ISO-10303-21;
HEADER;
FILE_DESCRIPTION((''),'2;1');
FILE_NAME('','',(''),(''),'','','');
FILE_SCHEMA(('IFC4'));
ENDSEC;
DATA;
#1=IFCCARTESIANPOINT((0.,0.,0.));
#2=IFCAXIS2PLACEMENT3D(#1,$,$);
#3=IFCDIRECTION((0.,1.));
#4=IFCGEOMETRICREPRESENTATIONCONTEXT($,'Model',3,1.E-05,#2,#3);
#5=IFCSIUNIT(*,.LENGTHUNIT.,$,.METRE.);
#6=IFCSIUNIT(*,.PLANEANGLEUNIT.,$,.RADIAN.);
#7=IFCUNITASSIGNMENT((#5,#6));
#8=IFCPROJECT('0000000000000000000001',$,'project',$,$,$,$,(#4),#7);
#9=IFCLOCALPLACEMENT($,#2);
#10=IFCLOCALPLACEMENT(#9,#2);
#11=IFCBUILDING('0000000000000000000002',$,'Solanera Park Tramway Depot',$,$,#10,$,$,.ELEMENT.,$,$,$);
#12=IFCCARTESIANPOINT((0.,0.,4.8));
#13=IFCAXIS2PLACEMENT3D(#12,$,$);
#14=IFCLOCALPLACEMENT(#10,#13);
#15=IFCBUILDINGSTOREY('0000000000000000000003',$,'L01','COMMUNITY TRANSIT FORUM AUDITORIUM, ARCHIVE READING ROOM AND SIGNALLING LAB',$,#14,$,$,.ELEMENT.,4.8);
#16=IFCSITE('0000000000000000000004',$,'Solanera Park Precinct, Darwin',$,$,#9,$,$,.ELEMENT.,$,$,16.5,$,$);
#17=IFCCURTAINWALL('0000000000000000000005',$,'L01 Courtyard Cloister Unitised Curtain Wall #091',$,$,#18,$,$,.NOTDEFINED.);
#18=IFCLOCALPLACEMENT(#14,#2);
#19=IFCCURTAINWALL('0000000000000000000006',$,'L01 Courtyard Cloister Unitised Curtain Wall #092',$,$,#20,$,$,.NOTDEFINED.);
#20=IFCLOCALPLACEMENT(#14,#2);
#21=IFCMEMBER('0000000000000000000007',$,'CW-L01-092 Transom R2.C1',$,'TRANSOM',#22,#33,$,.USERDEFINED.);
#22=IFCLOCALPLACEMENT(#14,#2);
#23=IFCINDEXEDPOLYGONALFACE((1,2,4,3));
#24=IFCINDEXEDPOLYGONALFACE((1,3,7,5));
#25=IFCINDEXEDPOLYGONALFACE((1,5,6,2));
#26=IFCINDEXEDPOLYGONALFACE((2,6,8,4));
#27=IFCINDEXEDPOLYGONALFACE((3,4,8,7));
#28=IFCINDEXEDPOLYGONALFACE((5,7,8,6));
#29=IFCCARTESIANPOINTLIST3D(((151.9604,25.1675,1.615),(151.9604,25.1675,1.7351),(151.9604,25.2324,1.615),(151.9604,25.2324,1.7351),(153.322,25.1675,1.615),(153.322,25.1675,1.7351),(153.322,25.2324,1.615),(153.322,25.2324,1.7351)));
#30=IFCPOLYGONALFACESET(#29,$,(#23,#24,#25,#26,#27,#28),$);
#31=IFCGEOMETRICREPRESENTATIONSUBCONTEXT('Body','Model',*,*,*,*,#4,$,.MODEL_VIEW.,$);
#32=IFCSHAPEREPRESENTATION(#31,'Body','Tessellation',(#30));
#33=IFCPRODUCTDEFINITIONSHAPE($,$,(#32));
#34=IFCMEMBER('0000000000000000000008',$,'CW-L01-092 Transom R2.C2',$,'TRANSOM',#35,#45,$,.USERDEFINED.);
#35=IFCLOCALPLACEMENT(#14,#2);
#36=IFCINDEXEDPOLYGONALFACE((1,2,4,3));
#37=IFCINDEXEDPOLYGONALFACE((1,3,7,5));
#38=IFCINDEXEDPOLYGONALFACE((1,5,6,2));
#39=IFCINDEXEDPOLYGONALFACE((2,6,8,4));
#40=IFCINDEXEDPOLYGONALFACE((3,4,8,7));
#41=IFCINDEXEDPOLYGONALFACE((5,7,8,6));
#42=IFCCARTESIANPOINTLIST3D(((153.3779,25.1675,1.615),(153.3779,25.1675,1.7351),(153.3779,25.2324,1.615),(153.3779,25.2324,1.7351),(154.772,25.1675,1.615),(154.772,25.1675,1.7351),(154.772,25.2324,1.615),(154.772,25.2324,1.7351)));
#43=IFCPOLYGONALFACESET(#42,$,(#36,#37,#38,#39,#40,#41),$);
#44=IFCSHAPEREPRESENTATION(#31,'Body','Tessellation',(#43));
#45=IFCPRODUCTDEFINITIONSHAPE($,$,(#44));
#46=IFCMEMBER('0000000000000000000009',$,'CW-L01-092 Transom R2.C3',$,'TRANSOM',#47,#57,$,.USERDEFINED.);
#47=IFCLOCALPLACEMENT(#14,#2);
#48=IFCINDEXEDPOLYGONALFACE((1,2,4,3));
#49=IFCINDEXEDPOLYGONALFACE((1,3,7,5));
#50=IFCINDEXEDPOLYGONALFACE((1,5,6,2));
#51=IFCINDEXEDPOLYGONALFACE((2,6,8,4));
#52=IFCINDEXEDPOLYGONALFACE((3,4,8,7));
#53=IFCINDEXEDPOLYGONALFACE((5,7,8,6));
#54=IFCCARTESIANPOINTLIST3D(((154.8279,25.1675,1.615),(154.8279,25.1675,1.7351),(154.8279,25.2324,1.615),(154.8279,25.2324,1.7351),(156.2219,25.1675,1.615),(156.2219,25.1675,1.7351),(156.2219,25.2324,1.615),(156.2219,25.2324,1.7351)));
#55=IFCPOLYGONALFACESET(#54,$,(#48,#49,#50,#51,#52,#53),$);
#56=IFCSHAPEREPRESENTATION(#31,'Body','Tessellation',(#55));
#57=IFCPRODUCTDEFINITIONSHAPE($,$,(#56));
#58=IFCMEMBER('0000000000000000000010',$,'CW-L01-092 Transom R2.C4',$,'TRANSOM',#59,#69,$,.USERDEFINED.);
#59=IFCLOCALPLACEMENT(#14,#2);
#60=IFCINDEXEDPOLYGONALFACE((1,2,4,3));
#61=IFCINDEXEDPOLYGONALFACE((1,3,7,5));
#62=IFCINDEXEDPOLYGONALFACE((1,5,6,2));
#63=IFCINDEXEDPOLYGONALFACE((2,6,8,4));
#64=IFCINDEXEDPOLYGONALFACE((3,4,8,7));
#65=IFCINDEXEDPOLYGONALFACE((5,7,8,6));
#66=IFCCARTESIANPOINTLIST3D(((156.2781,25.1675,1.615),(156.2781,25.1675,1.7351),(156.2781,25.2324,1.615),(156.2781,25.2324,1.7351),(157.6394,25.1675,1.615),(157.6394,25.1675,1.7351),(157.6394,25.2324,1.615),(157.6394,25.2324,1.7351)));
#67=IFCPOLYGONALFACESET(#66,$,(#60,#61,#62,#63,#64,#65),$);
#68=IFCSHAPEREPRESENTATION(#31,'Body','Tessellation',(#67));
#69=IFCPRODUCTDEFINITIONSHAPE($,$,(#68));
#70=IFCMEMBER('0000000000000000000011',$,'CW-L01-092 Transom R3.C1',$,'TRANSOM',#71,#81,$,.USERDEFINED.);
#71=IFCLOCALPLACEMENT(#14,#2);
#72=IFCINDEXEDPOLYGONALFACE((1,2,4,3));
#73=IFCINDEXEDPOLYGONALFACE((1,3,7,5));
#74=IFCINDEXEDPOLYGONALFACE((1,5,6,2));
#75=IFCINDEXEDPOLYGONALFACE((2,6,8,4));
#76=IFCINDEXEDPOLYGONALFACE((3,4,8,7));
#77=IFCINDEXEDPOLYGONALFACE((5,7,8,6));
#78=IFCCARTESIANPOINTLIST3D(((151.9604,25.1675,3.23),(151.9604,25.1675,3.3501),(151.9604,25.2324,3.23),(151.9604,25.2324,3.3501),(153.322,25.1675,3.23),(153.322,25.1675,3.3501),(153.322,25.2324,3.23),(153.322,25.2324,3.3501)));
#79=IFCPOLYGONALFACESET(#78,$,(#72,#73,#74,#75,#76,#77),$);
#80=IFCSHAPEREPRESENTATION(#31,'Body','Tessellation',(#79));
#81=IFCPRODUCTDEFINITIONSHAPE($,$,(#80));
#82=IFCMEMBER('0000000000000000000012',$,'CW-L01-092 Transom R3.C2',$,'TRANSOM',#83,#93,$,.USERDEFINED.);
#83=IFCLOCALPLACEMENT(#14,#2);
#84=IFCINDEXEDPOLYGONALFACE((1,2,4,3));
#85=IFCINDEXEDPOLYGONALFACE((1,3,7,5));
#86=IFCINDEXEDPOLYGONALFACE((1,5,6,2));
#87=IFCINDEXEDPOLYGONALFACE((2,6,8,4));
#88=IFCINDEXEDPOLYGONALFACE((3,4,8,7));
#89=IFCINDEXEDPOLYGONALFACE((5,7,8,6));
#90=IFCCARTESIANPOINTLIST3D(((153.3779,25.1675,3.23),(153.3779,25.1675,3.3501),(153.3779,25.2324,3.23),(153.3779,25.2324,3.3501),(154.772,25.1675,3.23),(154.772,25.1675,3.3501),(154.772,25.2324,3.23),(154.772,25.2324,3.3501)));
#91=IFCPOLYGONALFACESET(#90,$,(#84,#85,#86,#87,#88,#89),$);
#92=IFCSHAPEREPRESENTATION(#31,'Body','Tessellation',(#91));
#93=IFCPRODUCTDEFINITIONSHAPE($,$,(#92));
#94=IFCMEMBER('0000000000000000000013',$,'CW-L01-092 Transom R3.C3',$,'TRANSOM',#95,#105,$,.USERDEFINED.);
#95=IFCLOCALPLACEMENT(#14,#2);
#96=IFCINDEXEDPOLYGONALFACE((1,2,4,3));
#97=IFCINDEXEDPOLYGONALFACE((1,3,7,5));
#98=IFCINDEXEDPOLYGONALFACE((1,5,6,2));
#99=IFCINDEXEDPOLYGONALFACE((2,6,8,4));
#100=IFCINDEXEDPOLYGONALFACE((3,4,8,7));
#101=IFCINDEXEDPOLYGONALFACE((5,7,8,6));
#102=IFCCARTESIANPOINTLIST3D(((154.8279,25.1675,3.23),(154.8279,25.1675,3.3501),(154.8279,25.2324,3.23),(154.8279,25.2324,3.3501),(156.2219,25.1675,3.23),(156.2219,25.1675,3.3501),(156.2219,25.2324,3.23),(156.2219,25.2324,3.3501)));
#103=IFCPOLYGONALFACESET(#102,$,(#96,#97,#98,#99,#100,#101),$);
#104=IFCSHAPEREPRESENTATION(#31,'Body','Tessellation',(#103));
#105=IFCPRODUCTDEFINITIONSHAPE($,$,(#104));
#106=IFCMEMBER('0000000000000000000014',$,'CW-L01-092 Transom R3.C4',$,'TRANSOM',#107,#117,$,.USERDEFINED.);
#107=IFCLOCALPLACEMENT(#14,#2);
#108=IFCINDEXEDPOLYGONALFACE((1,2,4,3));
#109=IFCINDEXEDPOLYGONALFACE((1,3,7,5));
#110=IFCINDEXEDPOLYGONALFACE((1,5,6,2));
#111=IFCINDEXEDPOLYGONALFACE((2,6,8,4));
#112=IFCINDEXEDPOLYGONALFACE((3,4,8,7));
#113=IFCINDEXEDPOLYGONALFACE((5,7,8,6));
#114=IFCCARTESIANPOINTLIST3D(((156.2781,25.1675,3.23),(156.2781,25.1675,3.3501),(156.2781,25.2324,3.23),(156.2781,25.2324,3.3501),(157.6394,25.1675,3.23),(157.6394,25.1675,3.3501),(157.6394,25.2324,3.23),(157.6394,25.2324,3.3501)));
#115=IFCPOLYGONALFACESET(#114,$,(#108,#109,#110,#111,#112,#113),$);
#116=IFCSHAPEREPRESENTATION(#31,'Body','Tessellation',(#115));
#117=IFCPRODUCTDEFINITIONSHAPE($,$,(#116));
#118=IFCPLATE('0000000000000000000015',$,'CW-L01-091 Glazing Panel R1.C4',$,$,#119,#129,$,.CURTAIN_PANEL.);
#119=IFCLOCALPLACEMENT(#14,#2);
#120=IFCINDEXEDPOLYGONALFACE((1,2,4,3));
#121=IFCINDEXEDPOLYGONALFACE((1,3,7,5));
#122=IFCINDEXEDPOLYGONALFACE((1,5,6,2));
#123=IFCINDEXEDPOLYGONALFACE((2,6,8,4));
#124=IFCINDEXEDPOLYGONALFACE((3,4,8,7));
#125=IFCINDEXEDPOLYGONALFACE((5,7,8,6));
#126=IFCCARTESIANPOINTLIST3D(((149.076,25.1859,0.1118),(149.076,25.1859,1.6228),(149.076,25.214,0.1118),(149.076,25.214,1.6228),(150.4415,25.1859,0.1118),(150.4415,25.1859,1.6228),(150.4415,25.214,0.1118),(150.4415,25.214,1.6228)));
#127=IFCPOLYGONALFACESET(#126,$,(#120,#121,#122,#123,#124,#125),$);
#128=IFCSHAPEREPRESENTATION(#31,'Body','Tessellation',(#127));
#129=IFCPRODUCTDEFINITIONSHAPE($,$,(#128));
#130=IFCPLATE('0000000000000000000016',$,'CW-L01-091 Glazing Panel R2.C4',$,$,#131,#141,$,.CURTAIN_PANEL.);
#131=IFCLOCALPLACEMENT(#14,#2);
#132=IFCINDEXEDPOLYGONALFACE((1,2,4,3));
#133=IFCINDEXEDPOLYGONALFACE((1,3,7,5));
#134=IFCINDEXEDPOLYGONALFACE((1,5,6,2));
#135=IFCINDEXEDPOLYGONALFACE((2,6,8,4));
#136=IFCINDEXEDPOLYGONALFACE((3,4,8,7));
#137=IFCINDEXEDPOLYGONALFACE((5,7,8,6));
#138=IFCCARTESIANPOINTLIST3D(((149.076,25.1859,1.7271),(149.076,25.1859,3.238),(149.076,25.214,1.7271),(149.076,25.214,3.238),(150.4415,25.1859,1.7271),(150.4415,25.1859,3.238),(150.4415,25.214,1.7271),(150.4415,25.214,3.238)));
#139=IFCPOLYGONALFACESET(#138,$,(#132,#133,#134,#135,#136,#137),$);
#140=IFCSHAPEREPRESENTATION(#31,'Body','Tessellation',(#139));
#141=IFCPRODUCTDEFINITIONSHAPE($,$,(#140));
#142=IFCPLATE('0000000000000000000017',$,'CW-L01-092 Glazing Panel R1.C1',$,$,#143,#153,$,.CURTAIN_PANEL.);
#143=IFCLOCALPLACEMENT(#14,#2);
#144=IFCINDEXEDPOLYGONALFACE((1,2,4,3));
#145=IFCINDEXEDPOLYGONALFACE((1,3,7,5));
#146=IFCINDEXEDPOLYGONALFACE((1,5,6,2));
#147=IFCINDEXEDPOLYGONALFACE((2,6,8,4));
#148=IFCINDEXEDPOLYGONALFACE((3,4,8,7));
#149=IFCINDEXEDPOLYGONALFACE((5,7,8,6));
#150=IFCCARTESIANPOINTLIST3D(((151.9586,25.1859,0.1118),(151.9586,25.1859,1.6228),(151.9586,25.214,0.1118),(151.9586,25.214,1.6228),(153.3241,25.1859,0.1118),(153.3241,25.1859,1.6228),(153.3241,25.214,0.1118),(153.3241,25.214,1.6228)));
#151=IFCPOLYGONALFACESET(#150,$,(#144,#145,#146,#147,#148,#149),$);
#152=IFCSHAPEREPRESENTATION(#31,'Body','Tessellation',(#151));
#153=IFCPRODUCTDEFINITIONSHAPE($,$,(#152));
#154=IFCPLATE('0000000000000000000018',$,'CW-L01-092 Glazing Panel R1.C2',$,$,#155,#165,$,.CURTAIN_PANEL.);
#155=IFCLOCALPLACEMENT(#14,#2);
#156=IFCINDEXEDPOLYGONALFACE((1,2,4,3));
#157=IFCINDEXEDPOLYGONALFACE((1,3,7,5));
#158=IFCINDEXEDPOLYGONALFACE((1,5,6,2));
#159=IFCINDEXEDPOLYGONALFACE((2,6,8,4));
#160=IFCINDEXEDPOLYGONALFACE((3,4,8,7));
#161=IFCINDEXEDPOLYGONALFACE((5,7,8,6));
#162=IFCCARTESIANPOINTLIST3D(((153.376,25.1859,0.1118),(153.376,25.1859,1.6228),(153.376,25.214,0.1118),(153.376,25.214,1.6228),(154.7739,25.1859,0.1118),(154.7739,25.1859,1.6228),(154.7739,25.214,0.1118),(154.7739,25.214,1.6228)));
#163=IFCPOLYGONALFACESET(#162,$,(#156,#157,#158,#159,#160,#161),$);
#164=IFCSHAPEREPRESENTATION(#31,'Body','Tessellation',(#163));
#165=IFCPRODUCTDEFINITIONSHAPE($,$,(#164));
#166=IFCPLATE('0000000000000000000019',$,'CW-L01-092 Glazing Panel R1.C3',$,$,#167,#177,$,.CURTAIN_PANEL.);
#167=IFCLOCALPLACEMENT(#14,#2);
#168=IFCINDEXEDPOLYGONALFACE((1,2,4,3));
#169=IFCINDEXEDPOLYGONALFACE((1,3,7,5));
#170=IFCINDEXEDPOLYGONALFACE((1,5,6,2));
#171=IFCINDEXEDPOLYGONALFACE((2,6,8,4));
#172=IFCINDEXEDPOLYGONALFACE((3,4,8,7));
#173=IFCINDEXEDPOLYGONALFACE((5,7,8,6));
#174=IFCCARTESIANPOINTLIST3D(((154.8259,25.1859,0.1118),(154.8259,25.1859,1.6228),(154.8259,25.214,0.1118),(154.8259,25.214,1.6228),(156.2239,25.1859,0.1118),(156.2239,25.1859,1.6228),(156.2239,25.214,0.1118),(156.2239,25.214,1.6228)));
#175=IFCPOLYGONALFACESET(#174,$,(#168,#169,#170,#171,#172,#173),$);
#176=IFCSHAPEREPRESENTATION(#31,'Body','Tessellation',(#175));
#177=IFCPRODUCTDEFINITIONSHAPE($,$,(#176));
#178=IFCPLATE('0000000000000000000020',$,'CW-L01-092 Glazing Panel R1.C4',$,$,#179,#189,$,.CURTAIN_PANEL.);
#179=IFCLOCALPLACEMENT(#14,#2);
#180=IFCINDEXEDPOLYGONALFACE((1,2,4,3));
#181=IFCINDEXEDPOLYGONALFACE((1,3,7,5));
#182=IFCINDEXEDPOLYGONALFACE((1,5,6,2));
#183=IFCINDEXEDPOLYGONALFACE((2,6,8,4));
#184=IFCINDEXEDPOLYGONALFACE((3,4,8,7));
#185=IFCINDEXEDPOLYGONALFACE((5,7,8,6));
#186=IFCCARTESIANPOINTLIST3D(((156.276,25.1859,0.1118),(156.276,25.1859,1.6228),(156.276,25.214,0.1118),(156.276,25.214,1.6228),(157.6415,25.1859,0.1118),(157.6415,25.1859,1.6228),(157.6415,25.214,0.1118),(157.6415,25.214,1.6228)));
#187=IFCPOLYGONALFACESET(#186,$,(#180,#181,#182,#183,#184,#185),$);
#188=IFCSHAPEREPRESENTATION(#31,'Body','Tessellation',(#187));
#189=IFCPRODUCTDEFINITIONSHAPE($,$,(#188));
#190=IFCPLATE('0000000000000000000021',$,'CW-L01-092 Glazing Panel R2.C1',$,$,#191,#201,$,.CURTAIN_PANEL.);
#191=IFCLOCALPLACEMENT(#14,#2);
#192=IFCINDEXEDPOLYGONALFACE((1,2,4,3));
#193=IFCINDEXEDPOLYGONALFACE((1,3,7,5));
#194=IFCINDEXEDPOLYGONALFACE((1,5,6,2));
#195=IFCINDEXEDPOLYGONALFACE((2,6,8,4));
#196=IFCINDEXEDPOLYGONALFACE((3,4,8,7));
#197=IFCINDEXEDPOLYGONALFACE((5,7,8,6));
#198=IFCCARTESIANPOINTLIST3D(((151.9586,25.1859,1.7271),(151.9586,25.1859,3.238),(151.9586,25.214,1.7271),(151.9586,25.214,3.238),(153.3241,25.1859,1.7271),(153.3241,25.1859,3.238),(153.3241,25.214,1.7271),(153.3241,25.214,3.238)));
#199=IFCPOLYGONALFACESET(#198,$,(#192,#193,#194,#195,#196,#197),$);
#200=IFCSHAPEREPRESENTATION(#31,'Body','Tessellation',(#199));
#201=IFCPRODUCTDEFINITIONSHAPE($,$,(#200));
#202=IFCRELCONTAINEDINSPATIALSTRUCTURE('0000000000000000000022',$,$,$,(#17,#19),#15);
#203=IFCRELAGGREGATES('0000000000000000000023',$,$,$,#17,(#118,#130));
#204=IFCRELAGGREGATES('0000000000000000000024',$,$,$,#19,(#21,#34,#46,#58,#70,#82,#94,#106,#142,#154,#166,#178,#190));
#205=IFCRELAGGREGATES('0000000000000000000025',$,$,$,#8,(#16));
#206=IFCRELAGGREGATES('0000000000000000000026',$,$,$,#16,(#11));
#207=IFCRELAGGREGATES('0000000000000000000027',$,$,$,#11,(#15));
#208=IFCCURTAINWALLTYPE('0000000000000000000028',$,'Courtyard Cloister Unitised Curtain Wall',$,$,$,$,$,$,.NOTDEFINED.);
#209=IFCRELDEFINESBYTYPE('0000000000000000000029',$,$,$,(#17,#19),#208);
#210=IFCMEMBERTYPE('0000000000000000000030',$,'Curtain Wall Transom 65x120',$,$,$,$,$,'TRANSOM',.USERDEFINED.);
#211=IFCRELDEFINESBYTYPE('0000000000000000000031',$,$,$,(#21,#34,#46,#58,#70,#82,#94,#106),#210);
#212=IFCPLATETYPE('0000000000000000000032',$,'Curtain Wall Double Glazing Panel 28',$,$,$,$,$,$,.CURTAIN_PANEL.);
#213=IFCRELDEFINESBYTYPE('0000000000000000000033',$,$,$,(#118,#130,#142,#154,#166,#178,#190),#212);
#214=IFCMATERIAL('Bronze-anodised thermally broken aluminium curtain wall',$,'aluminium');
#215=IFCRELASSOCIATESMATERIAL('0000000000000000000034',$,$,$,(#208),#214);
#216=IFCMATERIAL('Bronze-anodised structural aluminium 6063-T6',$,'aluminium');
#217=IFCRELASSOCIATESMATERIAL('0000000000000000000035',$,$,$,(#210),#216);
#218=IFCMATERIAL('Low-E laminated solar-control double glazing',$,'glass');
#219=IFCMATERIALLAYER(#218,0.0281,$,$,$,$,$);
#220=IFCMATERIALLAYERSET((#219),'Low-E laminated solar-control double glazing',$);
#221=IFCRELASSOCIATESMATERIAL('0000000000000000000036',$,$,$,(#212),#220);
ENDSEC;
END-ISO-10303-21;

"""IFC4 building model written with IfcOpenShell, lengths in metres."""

from ifc_helpers import new_model, si_unit, direction, frame, origin, origin_2d, place, context, subcontext, project, spatial, rectangle, extrude, material, layer, layer_set, material_profile, profile_set, type_object, element, aggregate, save


model = new_model("IFC4")

# Units and contexts
model_context = context("Model", 3, precision=1e-05, world=origin(), true_north=direction((0.0, 1.0)))
body_context = subcontext(model_context, "Body", "Model", "MODEL_VIEW")
ifc_project = project(units=[si_unit("LENGTHUNIT", "METRE"), si_unit("PLANEANGLEUNIT", "RADIAN")], contexts=[model_context])

# Site, building, storey
site_placement = place(None, origin())
site = spatial("IfcSite", under=ifc_project, at=site_placement, Name="Solanera Park Precinct, Darwin", CompositionType="ELEMENT", RefElevation=16.5)
building_placement = place(site_placement, origin())
building = spatial("IfcBuilding", under=site, at=building_placement, Name="Solanera Park Tramway Depot", CompositionType="ELEMENT")
storey_placement = place(building_placement, frame((0.0, 0.0, 4.8)))
storey = spatial("IfcBuildingStorey", under=building, at=storey_placement, Name="L01", Description="COMMUNITY TRANSIT FORUM AUDITORIUM, ARCHIVE READING ROOM AND SIGNALLING LAB", CompositionType="ELEMENT", Elevation=4.8)

# Curtain wall
ifc_material_1 = material(Name="Bronze-anodised thermally broken aluminium curtain wall", Category="aluminium")
curtain_wall_type = type_object("IfcCurtainWallType", Name="Courtyard Cloister Unitised Curtain Wall", PredefinedType="NOTDEFINED", material=ifc_material_1)
curtain_wall_1_placement = place(storey_placement, origin())
curtain_wall_1 = element("IfcCurtainWall", 1, at=curtain_wall_1_placement, inside=storey, type_object=curtain_wall_type, Name="L01 Courtyard Cloister Unitised Curtain Wall #091", PredefinedType="NOTDEFINED")

# Curtain wall, members
curtain_wall_2_placement = place(storey_placement, origin())
curtain_wall_2 = element("IfcCurtainWall", 2, at=curtain_wall_2_placement, inside=storey, type_object=curtain_wall_type, Name="L01 Courtyard Cloister Unitised Curtain Wall #092", PredefinedType="NOTDEFINED")
ifc_material_2 = material(Name="Bronze-anodised structural aluminium 6063-T6", Category="aluminium")
ifc_material_profile_1 = material_profile(ifc_material_2, rectangle(XDim=0.0649, YDim=0.1201, at=origin_2d()), Name="Curtain Wall Transom 65x120")
ifc_profile_set_1 = profile_set([ifc_material_profile_1], Name="Bronze-anodised structural aluminium 6063-T6")
member_type_1 = type_object("IfcMemberType", Name="Curtain Wall Transom 65x120", ElementType="TRANSOM", PredefinedType="USERDEFINED", material=ifc_profile_set_1)
member_1_placement = place(storey_placement, frame((151.9604, 25.2, 1.675), z_axis=(1.0, 0.0, 0.0), x_axis=(0.0, 1.0, 0.0)))
member_1 = element("IfcMember", 3, at=member_1_placement, type_object=member_type_1, Name="CW-L01-092 Transom R2.C1", ObjectType="TRANSOM", PredefinedType="USERDEFINED", context=body_context, shape_type="SweptSolid", body=[
    extrude(rectangle(XDim=0.0649, YDim=0.1201, at=origin_2d()), origin(), (0.0, 0.0, 1.0), 1.3616),
])
member_2_placement = place(storey_placement, frame((153.3779, 25.2, 1.675), z_axis=(1.0, 0.0, 0.0), x_axis=(0.0, 1.0, 0.0)))
member_2 = element("IfcMember", 4, at=member_2_placement, type_object=member_type_1, Name="CW-L01-092 Transom R2.C2", ObjectType="TRANSOM", PredefinedType="USERDEFINED", context=body_context, shape_type="SweptSolid", body=[
    extrude(rectangle(XDim=0.0649, YDim=0.1201, at=origin_2d()), origin(), (0.0, 0.0, 1.0), 1.394),
])
member_3_placement = place(storey_placement, frame((154.8279, 25.2, 1.675), z_axis=(1.0, 0.0, 0.0), x_axis=(0.0, 1.0, 0.0)))
member_3 = element("IfcMember", 5, at=member_3_placement, type_object=member_type_1, Name="CW-L01-092 Transom R2.C3", ObjectType="TRANSOM", PredefinedType="USERDEFINED", context=body_context, shape_type="SweptSolid", body=[
    extrude(rectangle(XDim=0.0649, YDim=0.1201, at=origin_2d()), origin(), (0.0, 0.0, 1.0), 1.394),
])
member_4_placement = place(storey_placement, frame((156.2781, 25.2, 1.675), z_axis=(1.0, 0.0, 0.0), x_axis=(0.0, 1.0, 0.0)))
member_4 = element("IfcMember", 6, at=member_4_placement, type_object=member_type_1, Name="CW-L01-092 Transom R2.C4", ObjectType="TRANSOM", PredefinedType="USERDEFINED", context=body_context, shape_type="SweptSolid", body=[
    extrude(rectangle(XDim=0.0649, YDim=0.1201, at=origin_2d()), origin(), (0.0, 0.0, 1.0), 1.3613),
])
member_5_placement = place(storey_placement, frame((151.9604, 25.2, 3.29), z_axis=(1.0, 0.0, 0.0), x_axis=(0.0, 1.0, 0.0)))
member_5 = element("IfcMember", 7, at=member_5_placement, type_object=member_type_1, Name="CW-L01-092 Transom R3.C1", ObjectType="TRANSOM", PredefinedType="USERDEFINED", context=body_context, shape_type="SweptSolid", body=[
    extrude(rectangle(XDim=0.0649, YDim=0.1201, at=origin_2d()), origin(), (0.0, 0.0, 1.0), 1.3616),
])
member_6_placement = place(storey_placement, frame((153.3779, 25.2, 3.29), z_axis=(1.0, 0.0, 0.0), x_axis=(0.0, 1.0, 0.0)))
member_6 = element("IfcMember", 8, at=member_6_placement, type_object=member_type_1, Name="CW-L01-092 Transom R3.C2", ObjectType="TRANSOM", PredefinedType="USERDEFINED", context=body_context, shape_type="SweptSolid", body=[
    extrude(rectangle(XDim=0.0649, YDim=0.1201, at=origin_2d()), origin(), (0.0, 0.0, 1.0), 1.394),
])
member_7_placement = place(storey_placement, frame((154.8279, 25.2, 3.29), z_axis=(1.0, 0.0, 0.0), x_axis=(0.0, 1.0, 0.0)))
member_7 = element("IfcMember", 9, at=member_7_placement, type_object=member_type_1, Name="CW-L01-092 Transom R3.C3", ObjectType="TRANSOM", PredefinedType="USERDEFINED", context=body_context, shape_type="SweptSolid", body=[
    extrude(rectangle(XDim=0.0649, YDim=0.1201, at=origin_2d()), origin(), (0.0, 0.0, 1.0), 1.394),
])
member_8_placement = place(storey_placement, frame((156.2781, 25.2, 3.29), z_axis=(1.0, 0.0, 0.0), x_axis=(0.0, 1.0, 0.0)))
member_8 = element("IfcMember", 10, at=member_8_placement, type_object=member_type_1, Name="CW-L01-092 Transom R3.C4", ObjectType="TRANSOM", PredefinedType="USERDEFINED", context=body_context, shape_type="SweptSolid", body=[
    extrude(rectangle(XDim=0.0649, YDim=0.1201, at=origin_2d()), origin(), (0.0, 0.0, 1.0), 1.3613),
])

# Plates
ifc_material_3 = material(Name="Low-E laminated solar-control double glazing", Category="glass")
ifc_layer_1 = layer(ifc_material_3, 0.0281)
ifc_layer_set_1 = layer_set([ifc_layer_1], Name="Low-E laminated solar-control double glazing")
plate_type = type_object("IfcPlateType", Name="Curtain Wall Double Glazing Panel 28", PredefinedType="CURTAIN_PANEL", material=ifc_layer_set_1)
plate_1_placement = place(storey_placement, frame((149.7588, 25.2, 0.1118), z_axis=(0.0, 0.0, 1.0), x_axis=(1.0, 0.0, 0.0)))
plate_1 = element("IfcPlate", 11, at=plate_1_placement, type_object=plate_type, Name="CW-L01-091 Glazing Panel R1.C4", PredefinedType="CURTAIN_PANEL", context=body_context, shape_type="SweptSolid", body=[
    extrude(rectangle(XDim=1.3655, YDim=0.0281, at=origin_2d()), origin(), (0.0, 0.0, 1.0), 1.511),
])
plate_2_placement = place(storey_placement, frame((149.7588, 25.2, 1.7271), z_axis=(0.0, 0.0, 1.0), x_axis=(1.0, 0.0, 0.0)))
plate_2 = element("IfcPlate", 12, at=plate_2_placement, type_object=plate_type, Name="CW-L01-091 Glazing Panel R2.C4", PredefinedType="CURTAIN_PANEL", context=body_context, shape_type="SweptSolid", body=[
    extrude(rectangle(XDim=1.3655, YDim=0.0281, at=origin_2d()), origin(), (0.0, 0.0, 1.0), 1.511),
])
aggregate(curtain_wall_1, [plate_1, plate_2])
plate_3_placement = place(storey_placement, frame((152.6414, 25.2, 0.1118), z_axis=(0.0, 0.0, 1.0), x_axis=(1.0, 0.0, 0.0)))
plate_3 = element("IfcPlate", 13, at=plate_3_placement, type_object=plate_type, Name="CW-L01-092 Glazing Panel R1.C1", PredefinedType="CURTAIN_PANEL", context=body_context, shape_type="SweptSolid", body=[
    extrude(rectangle(XDim=1.3655, YDim=0.0281, at=origin_2d()), origin(), (0.0, 0.0, 1.0), 1.511),
])
plate_4_placement = place(storey_placement, frame((154.075, 25.2, 0.1118), z_axis=(0.0, 0.0, 1.0), x_axis=(1.0, 0.0, 0.0)))
plate_4 = element("IfcPlate", 14, at=plate_4_placement, type_object=plate_type, Name="CW-L01-092 Glazing Panel R1.C2", PredefinedType="CURTAIN_PANEL", context=body_context, shape_type="SweptSolid", body=[
    extrude(rectangle(XDim=1.3979, YDim=0.0281, at=origin_2d()), origin(), (0.0, 0.0, 1.0), 1.511),
])
plate_5_placement = place(storey_placement, frame((155.5249, 25.2, 0.1118), z_axis=(0.0, 0.0, 1.0), x_axis=(1.0, 0.0, 0.0)))
plate_5 = element("IfcPlate", 15, at=plate_5_placement, type_object=plate_type, Name="CW-L01-092 Glazing Panel R1.C3", PredefinedType="CURTAIN_PANEL", context=body_context, shape_type="SweptSolid", body=[
    extrude(rectangle(XDim=1.3979, YDim=0.0281, at=origin_2d()), origin(), (0.0, 0.0, 1.0), 1.511),
])
plate_6_placement = place(storey_placement, frame((156.9587, 25.2, 0.1118), z_axis=(0.0, 0.0, 1.0), x_axis=(1.0, 0.0, 0.0)))
plate_6 = element("IfcPlate", 16, at=plate_6_placement, type_object=plate_type, Name="CW-L01-092 Glazing Panel R1.C4", PredefinedType="CURTAIN_PANEL", context=body_context, shape_type="SweptSolid", body=[
    extrude(rectangle(XDim=1.3655, YDim=0.0281, at=origin_2d()), origin(), (0.0, 0.0, 1.0), 1.511),
])
plate_7_placement = place(storey_placement, frame((152.6414, 25.2, 1.7271), z_axis=(0.0, 0.0, 1.0), x_axis=(1.0, 0.0, 0.0)))
plate_7 = element("IfcPlate", 17, at=plate_7_placement, type_object=plate_type, Name="CW-L01-092 Glazing Panel R2.C1", PredefinedType="CURTAIN_PANEL", context=body_context, shape_type="SweptSolid", body=[
    extrude(rectangle(XDim=1.3655, YDim=0.0281, at=origin_2d()), origin(), (0.0, 0.0, 1.0), 1.511),
])
aggregate(curtain_wall_2, [member_1, member_2, member_3, member_4, member_5, member_6, member_7, member_8, plate_3, plate_4, plate_5, plate_6, plate_7])

save(model, "model.ifc")
